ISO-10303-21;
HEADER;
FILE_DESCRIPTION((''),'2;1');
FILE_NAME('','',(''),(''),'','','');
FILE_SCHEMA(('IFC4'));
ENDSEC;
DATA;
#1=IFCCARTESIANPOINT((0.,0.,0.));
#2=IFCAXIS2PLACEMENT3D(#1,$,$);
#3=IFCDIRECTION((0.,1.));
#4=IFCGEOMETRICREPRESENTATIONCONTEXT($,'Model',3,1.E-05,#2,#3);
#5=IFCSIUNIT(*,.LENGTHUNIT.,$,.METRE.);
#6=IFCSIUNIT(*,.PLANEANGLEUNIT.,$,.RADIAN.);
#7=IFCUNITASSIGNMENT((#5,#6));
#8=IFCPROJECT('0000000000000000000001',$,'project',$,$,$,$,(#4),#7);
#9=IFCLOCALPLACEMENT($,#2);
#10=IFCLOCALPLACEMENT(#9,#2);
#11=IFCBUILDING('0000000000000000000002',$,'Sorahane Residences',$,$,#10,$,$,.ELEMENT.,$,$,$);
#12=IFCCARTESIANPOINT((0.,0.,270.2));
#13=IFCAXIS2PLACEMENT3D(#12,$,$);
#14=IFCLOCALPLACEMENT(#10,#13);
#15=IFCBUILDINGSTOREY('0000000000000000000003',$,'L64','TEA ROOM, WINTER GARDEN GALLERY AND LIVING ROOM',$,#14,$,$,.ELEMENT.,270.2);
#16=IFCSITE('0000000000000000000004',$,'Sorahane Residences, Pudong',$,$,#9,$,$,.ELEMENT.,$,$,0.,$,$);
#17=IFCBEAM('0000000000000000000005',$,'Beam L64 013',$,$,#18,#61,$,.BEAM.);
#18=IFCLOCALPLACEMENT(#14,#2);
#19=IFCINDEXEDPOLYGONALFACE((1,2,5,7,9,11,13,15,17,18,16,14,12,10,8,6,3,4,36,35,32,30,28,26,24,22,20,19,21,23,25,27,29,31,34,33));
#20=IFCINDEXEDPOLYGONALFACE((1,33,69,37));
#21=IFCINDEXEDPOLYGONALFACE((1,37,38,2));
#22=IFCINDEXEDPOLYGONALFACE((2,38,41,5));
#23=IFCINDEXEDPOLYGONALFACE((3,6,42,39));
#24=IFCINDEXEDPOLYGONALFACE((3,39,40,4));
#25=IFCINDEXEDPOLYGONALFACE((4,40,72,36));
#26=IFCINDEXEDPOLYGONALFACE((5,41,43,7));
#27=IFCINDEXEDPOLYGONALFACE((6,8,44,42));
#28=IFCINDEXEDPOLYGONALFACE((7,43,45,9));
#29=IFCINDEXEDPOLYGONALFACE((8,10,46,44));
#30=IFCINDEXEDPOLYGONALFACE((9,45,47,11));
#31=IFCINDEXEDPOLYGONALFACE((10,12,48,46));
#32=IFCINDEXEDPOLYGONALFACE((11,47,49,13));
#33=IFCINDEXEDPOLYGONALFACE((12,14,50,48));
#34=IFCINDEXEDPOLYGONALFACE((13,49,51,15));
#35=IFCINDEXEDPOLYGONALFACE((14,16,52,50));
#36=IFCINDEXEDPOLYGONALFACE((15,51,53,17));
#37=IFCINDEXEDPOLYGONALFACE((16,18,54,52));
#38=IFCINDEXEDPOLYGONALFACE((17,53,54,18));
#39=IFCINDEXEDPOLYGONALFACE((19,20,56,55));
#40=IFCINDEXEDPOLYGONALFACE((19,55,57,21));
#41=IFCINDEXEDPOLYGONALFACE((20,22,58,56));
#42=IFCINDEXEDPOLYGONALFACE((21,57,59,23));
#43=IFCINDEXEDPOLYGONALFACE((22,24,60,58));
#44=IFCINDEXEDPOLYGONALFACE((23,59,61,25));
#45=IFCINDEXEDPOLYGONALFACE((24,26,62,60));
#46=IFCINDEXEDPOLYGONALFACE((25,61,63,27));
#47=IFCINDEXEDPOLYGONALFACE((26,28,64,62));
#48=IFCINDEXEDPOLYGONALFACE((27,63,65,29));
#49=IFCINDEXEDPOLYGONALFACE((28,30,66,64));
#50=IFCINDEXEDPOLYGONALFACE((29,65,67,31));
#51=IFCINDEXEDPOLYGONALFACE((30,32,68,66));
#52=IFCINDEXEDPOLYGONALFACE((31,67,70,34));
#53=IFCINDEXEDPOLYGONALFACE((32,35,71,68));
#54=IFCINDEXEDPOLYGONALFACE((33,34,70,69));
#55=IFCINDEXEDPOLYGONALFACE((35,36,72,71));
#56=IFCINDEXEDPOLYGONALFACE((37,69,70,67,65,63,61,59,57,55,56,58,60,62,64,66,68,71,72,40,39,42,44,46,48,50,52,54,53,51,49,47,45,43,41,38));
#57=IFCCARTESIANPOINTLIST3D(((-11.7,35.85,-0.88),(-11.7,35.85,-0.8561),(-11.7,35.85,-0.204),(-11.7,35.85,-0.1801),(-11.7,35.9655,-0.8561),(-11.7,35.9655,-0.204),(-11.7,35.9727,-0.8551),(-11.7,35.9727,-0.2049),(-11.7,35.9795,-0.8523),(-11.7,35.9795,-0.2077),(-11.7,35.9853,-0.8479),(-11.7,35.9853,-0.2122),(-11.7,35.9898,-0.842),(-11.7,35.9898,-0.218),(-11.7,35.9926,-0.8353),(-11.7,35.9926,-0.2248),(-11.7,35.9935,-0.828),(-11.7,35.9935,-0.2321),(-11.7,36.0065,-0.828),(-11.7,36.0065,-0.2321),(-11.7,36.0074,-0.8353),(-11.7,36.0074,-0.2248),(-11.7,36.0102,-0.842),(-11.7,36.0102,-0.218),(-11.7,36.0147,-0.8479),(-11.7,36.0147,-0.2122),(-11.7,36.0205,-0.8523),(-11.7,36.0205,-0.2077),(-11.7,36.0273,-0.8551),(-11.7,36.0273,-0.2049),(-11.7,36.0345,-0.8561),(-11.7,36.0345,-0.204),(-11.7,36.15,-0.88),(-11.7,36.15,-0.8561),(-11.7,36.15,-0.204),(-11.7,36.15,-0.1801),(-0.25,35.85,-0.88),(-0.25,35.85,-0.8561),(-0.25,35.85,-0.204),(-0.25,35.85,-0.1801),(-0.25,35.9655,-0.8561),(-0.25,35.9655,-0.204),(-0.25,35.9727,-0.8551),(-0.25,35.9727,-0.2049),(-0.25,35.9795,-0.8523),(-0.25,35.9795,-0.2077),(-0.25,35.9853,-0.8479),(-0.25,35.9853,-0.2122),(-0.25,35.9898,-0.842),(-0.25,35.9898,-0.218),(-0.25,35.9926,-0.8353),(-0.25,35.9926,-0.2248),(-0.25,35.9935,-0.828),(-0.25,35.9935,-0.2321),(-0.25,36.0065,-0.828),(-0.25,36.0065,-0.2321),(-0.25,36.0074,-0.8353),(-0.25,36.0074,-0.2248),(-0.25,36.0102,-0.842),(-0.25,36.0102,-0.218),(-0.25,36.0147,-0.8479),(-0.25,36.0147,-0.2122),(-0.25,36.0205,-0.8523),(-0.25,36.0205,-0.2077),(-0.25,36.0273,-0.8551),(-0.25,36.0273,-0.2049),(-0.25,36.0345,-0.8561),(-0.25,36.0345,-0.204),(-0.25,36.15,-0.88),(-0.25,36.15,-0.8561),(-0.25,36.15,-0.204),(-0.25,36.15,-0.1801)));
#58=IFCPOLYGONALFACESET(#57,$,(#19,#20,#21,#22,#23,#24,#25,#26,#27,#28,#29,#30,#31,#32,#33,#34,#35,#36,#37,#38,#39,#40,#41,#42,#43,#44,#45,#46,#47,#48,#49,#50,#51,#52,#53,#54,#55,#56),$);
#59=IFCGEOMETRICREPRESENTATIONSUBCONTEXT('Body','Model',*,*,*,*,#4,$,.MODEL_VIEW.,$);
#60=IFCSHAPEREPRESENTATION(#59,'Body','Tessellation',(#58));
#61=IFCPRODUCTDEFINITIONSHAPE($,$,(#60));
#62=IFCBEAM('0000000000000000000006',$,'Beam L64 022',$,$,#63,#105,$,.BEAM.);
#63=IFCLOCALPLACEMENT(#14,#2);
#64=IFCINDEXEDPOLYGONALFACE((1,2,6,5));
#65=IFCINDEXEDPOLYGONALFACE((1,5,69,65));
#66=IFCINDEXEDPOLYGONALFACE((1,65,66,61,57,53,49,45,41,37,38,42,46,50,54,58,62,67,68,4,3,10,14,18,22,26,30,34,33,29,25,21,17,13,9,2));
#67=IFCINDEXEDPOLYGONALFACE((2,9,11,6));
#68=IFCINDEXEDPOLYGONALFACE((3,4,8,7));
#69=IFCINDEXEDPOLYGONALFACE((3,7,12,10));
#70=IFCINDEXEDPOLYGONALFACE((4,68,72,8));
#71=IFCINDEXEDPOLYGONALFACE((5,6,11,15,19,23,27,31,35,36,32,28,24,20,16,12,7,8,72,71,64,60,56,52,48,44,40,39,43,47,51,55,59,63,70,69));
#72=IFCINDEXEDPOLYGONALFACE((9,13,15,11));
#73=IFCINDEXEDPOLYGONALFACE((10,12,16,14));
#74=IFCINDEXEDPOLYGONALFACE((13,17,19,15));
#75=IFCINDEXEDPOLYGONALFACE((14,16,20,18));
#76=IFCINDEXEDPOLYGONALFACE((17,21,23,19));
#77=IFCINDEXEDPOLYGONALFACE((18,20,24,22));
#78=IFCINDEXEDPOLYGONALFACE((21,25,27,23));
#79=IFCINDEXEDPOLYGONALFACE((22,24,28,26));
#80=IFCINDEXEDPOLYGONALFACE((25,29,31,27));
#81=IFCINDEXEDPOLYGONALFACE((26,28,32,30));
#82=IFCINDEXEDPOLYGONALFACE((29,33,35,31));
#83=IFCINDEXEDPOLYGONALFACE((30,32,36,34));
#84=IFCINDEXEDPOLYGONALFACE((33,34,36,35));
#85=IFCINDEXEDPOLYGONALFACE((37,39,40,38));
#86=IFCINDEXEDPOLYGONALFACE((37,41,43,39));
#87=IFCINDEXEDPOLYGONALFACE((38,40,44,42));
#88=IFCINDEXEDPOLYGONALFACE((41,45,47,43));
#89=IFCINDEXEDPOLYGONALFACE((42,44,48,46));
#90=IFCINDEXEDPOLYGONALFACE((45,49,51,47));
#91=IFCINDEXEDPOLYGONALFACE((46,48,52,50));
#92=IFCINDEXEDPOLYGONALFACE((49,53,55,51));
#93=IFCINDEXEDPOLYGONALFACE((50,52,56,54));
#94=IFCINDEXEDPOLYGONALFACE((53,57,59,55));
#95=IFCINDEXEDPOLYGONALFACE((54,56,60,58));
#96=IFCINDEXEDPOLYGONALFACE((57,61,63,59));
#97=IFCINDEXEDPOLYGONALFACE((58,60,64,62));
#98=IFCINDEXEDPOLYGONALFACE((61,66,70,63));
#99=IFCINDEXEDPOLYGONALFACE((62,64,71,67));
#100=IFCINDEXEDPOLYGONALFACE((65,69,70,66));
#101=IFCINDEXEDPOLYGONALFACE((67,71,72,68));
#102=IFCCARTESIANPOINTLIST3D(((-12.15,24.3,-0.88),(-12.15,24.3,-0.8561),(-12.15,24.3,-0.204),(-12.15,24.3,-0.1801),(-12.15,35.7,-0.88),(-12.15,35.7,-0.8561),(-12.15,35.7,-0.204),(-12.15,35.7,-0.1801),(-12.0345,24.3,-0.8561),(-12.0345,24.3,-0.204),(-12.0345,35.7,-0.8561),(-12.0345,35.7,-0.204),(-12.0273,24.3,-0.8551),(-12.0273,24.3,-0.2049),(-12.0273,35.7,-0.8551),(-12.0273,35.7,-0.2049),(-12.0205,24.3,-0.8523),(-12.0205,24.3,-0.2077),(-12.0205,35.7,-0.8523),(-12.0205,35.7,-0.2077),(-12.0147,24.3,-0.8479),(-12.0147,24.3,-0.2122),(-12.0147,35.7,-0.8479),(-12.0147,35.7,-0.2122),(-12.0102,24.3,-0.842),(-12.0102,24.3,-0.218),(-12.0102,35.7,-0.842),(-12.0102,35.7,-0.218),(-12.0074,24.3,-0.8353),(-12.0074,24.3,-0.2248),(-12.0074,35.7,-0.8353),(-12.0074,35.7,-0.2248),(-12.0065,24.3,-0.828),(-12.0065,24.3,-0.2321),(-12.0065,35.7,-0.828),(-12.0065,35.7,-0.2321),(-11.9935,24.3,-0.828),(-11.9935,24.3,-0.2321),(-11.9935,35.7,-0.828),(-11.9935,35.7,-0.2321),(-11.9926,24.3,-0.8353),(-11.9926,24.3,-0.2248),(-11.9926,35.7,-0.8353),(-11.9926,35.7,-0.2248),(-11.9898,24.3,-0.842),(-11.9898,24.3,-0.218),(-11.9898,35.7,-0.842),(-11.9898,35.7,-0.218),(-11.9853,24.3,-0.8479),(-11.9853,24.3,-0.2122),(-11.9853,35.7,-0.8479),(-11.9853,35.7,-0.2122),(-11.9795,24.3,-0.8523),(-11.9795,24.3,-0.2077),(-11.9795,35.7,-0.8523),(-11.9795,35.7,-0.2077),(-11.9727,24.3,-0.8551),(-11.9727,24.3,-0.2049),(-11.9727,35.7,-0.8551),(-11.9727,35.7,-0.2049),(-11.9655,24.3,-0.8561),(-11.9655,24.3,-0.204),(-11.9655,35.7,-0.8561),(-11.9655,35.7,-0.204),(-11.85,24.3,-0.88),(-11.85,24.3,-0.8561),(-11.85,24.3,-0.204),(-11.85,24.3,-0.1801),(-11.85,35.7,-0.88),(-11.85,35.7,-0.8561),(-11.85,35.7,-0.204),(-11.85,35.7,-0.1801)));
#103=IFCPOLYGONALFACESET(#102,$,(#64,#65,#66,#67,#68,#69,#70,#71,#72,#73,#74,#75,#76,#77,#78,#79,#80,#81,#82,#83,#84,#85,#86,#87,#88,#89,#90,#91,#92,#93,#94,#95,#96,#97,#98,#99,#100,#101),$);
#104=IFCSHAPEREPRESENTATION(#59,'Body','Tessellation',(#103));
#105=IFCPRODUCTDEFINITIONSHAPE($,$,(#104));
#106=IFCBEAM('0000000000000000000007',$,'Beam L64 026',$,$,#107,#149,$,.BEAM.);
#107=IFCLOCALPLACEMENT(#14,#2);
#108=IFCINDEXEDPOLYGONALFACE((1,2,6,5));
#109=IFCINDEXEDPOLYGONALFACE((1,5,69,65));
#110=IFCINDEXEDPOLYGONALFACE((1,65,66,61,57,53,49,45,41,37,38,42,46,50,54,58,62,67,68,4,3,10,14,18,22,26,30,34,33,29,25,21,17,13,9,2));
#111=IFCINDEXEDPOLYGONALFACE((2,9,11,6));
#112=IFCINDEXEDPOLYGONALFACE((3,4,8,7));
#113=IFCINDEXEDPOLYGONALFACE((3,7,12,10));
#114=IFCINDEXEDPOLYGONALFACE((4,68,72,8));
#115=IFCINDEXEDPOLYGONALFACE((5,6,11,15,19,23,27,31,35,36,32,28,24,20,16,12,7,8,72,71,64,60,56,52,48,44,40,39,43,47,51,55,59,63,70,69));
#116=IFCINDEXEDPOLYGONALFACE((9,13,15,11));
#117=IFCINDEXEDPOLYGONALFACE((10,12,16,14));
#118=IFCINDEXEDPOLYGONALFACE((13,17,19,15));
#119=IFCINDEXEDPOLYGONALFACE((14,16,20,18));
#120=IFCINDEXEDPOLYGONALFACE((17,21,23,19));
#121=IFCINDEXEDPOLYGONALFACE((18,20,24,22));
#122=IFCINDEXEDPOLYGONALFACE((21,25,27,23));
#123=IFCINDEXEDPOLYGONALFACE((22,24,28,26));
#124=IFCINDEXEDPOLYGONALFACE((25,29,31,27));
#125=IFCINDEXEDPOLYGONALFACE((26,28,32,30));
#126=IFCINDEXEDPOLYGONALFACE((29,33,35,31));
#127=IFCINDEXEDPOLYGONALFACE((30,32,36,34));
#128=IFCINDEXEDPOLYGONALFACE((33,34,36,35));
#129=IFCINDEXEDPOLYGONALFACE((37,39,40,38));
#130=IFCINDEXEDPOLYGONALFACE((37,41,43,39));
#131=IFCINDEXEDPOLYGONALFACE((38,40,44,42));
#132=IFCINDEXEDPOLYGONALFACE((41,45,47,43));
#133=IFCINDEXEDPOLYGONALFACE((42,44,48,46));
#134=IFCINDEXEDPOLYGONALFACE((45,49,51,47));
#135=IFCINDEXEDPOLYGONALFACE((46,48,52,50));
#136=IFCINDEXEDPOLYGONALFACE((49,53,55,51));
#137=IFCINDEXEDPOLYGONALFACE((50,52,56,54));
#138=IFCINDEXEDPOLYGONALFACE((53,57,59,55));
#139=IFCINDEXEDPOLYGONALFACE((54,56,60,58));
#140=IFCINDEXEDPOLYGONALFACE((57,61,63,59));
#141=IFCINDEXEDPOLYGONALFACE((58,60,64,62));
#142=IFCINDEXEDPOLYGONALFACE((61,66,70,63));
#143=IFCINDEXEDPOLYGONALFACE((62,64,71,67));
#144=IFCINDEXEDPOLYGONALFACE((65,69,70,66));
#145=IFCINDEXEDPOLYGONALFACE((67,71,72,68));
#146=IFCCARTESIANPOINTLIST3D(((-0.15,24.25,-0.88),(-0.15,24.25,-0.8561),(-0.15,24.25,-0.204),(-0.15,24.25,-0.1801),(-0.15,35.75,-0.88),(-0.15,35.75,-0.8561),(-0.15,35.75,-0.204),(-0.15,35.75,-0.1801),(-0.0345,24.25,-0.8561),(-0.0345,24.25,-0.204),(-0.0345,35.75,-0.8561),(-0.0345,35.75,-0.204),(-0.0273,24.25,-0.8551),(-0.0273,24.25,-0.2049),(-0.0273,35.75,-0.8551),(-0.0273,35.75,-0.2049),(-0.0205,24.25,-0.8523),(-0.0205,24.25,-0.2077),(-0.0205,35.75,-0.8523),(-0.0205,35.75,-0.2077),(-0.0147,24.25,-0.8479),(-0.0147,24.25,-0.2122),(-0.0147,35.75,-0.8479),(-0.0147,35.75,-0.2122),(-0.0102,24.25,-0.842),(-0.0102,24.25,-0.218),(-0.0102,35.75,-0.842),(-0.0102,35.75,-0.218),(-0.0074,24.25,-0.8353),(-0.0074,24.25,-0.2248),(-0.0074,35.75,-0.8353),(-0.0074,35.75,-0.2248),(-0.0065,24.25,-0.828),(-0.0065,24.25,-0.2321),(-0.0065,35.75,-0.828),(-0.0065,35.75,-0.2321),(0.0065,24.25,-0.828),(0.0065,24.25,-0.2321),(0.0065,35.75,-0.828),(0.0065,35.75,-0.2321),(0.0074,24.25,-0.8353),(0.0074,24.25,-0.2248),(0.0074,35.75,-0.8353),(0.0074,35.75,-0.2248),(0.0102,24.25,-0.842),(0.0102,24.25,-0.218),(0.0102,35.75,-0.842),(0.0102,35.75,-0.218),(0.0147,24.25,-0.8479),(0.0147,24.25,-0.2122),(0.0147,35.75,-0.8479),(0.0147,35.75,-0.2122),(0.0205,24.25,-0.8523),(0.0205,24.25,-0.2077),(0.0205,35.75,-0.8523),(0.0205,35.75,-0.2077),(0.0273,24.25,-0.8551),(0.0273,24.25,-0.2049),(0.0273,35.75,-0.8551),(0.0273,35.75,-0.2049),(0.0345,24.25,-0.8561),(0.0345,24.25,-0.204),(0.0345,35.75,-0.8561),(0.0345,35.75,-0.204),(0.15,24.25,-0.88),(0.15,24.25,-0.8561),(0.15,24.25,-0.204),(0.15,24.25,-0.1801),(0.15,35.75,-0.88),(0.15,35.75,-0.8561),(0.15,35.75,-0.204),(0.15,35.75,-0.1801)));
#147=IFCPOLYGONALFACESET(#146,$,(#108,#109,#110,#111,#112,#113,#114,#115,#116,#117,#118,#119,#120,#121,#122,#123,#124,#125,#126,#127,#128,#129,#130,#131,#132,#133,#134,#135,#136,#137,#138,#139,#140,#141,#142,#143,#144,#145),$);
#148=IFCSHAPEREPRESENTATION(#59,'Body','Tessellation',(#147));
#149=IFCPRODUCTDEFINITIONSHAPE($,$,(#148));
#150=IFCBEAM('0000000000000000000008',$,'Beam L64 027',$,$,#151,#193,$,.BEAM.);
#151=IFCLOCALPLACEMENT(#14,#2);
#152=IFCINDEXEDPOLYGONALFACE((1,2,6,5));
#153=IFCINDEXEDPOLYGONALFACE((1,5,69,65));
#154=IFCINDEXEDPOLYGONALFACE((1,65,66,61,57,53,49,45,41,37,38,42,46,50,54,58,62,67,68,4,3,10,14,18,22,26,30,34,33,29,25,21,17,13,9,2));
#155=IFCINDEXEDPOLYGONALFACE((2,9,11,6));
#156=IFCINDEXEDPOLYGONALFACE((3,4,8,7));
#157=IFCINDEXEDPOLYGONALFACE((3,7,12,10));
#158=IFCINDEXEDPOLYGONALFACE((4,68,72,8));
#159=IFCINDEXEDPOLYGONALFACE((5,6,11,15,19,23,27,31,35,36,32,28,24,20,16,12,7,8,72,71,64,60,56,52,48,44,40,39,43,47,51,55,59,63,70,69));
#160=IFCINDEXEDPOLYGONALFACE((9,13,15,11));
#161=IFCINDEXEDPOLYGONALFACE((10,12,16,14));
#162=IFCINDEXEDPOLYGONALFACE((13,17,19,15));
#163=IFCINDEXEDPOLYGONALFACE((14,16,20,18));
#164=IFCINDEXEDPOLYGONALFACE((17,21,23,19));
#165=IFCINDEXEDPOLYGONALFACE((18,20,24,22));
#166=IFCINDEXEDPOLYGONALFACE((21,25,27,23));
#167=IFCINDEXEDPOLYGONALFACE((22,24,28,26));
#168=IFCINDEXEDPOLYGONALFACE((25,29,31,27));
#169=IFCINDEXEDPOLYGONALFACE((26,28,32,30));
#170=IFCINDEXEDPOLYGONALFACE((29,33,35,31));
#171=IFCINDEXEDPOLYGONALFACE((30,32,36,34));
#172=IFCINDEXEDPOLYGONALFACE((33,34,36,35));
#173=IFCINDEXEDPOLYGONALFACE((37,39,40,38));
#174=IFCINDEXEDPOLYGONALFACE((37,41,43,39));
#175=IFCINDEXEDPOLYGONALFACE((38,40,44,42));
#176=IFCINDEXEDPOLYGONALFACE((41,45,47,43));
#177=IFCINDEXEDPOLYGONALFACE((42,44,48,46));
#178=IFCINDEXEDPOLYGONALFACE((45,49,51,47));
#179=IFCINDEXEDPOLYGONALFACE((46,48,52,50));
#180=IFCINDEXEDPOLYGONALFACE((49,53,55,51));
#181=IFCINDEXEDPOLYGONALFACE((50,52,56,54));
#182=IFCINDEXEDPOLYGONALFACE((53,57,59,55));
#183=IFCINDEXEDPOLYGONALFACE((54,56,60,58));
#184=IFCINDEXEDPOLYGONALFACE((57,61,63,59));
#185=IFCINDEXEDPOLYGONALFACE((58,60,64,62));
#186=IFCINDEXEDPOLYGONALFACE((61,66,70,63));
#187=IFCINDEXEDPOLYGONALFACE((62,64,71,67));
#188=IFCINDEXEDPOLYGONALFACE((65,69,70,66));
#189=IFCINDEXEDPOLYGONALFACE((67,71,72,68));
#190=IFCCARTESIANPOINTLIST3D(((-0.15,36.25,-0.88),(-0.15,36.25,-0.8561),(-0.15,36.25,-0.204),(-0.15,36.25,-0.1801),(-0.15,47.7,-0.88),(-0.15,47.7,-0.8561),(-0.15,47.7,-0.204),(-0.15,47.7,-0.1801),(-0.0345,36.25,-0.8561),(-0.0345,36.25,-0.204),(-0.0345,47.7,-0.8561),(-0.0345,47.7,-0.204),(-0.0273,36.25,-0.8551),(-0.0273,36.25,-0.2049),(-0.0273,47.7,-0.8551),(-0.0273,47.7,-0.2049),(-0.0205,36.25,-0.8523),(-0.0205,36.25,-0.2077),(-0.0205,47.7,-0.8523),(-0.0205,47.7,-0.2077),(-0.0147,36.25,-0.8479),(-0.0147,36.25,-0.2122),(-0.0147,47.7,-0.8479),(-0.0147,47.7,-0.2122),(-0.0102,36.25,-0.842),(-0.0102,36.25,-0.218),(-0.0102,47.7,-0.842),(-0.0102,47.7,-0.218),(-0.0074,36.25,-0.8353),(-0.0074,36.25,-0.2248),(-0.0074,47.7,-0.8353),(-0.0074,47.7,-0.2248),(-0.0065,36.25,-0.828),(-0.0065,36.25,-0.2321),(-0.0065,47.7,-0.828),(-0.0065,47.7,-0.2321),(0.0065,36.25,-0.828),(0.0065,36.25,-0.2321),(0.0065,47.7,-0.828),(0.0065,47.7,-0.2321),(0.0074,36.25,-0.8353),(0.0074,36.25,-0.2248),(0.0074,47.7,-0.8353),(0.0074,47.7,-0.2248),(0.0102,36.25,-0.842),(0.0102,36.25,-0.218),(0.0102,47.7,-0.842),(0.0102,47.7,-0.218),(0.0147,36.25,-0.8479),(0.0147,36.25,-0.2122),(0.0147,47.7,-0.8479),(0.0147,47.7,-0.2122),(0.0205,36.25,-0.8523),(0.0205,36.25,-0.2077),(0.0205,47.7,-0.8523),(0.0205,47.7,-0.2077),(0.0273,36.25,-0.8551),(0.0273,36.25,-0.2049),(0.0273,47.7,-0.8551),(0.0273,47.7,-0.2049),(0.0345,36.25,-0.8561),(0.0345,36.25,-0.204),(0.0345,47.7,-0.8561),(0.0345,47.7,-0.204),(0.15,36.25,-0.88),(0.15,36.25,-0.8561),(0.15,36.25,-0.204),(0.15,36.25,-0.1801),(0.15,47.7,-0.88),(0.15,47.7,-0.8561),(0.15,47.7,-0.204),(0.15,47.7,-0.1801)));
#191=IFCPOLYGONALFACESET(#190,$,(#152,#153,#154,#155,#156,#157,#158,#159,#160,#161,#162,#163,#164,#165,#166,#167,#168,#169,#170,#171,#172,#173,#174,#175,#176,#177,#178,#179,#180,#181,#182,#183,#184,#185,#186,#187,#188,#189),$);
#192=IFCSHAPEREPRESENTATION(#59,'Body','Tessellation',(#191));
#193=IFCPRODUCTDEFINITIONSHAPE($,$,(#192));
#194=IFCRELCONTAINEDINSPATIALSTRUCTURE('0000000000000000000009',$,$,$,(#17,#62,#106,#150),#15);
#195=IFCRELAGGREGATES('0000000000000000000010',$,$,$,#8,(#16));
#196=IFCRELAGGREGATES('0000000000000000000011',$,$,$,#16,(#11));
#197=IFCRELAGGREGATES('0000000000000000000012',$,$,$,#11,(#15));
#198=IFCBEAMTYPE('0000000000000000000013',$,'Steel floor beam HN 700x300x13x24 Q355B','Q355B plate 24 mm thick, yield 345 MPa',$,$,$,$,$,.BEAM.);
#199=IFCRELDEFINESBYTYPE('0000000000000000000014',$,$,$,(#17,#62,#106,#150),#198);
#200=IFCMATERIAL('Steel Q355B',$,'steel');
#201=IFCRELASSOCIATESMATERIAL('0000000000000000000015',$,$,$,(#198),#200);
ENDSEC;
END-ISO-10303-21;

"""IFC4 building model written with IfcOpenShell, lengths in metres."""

from ifc_helpers import new_model, si_unit, direction, frame, origin, origin_2d, place, context, subcontext, project, spatial, i_section, extrude, material, material_profile, profile_set, type_object, element, save


model = new_model("IFC4")

# Units and contexts
model_context = context("Model", 3, precision=1e-05, world=origin(), true_north=direction((0.0, 1.0)))
body_context = subcontext(model_context, "Body", "Model", "MODEL_VIEW")
ifc_project = project(units=[si_unit("LENGTHUNIT", "METRE"), si_unit("PLANEANGLEUNIT", "RADIAN")], contexts=[model_context])

# Site, building, storey
site_placement = place(None, origin())
site = spatial("IfcSite", under=ifc_project, at=site_placement, Name="Sorahane Residences, Pudong", CompositionType="ELEMENT", RefElevation=0.0)
building_placement = place(site_placement, origin())
building = spatial("IfcBuilding", under=site, at=building_placement, Name="Sorahane Residences", CompositionType="ELEMENT")
storey_placement = place(building_placement, frame((0.0, 0.0, 270.2)))
storey = spatial("IfcBuildingStorey", under=building, at=storey_placement, Name="L64", Description="TEA ROOM, WINTER GARDEN GALLERY AND LIVING ROOM", CompositionType="ELEMENT", Elevation=270.2)

# Beams
ifc_material_1 = material(Name="Steel Q355B", Category="steel")
ifc_material_profile_1 = material_profile(ifc_material_1, i_section(OverallWidth=0.3, OverallDepth=0.7, WebThickness=0.0129, FlangeThickness=0.0239, FilletRadius=0.0281, at=origin_2d()), Name="HN 700x300x13x24")
ifc_profile_set_1 = profile_set([ifc_material_profile_1], Name="Steel Q355B")
beam_type_1 = type_object("IfcBeamType", Name="Steel floor beam HN 700x300x13x24 Q355B", Description="Q355B plate 24 mm thick, yield 345 MPa", PredefinedType="BEAM", material=ifc_profile_set_1)
beam_1_placement = place(storey_placement, frame((-11.7, 36.0, -0.53), z_axis=(1.0, 0.0, 0.0), x_axis=(0.0, 1.0, 0.0)))
element("IfcBeam", 1, at=beam_1_placement, inside=storey, type_object=beam_type_1, Name="Beam L64 013", PredefinedType="BEAM", context=body_context, shape_type="SweptSolid", body=[
    extrude(i_section(OverallWidth=0.3, OverallDepth=0.7, WebThickness=0.0129, FlangeThickness=0.0239, FilletRadius=0.0281, at=origin_2d()), origin(), (0.0, 0.0, 1.0), 11.45),
])
beam_2_placement = place(storey_placement, frame((-12.0, 24.3, -0.53), z_axis=(0.0, 1.0, 0.0), x_axis=(-1.0, 0.0, 0.0)))
element("IfcBeam", 2, at=beam_2_placement, inside=storey, type_object=beam_type_1, Name="Beam L64 022", PredefinedType="BEAM", context=body_context, shape_type="SweptSolid", body=[
    extrude(i_section(OverallWidth=0.3, OverallDepth=0.7, WebThickness=0.0129, FlangeThickness=0.0239, FilletRadius=0.0281, at=origin_2d()), origin(), (0.0, 0.0, 1.0), 11.3999),
])
beam_3_placement = place(storey_placement, frame((0.0, 24.25, -0.53), z_axis=(0.0, 1.0, 0.0), x_axis=(-1.0, 0.0, 0.0)))
element("IfcBeam", 3, at=beam_3_placement, inside=storey, type_object=beam_type_1, Name="Beam L64 026", PredefinedType="BEAM", context=body_context, shape_type="SweptSolid", body=[
    extrude(i_section(OverallWidth=0.3, OverallDepth=0.7, WebThickness=0.0129, FlangeThickness=0.0239, FilletRadius=0.0281, at=origin_2d()), origin(), (0.0, 0.0, 1.0), 11.5),
])
beam_4_placement = place(storey_placement, frame((0.0, 36.25, -0.53), z_axis=(0.0, 1.0, 0.0), x_axis=(-1.0, 0.0, 0.0)))
element("IfcBeam", 4, at=beam_4_placement, inside=storey, type_object=beam_type_1, Name="Beam L64 027", PredefinedType="BEAM", context=body_context, shape_type="SweptSolid", body=[
    extrude(i_section(OverallWidth=0.3, OverallDepth=0.7, WebThickness=0.0129, FlangeThickness=0.0239, FilletRadius=0.0281, at=origin_2d()), origin(), (0.0, 0.0, 1.0), 11.45),
])

save(model, "model.ifc")
